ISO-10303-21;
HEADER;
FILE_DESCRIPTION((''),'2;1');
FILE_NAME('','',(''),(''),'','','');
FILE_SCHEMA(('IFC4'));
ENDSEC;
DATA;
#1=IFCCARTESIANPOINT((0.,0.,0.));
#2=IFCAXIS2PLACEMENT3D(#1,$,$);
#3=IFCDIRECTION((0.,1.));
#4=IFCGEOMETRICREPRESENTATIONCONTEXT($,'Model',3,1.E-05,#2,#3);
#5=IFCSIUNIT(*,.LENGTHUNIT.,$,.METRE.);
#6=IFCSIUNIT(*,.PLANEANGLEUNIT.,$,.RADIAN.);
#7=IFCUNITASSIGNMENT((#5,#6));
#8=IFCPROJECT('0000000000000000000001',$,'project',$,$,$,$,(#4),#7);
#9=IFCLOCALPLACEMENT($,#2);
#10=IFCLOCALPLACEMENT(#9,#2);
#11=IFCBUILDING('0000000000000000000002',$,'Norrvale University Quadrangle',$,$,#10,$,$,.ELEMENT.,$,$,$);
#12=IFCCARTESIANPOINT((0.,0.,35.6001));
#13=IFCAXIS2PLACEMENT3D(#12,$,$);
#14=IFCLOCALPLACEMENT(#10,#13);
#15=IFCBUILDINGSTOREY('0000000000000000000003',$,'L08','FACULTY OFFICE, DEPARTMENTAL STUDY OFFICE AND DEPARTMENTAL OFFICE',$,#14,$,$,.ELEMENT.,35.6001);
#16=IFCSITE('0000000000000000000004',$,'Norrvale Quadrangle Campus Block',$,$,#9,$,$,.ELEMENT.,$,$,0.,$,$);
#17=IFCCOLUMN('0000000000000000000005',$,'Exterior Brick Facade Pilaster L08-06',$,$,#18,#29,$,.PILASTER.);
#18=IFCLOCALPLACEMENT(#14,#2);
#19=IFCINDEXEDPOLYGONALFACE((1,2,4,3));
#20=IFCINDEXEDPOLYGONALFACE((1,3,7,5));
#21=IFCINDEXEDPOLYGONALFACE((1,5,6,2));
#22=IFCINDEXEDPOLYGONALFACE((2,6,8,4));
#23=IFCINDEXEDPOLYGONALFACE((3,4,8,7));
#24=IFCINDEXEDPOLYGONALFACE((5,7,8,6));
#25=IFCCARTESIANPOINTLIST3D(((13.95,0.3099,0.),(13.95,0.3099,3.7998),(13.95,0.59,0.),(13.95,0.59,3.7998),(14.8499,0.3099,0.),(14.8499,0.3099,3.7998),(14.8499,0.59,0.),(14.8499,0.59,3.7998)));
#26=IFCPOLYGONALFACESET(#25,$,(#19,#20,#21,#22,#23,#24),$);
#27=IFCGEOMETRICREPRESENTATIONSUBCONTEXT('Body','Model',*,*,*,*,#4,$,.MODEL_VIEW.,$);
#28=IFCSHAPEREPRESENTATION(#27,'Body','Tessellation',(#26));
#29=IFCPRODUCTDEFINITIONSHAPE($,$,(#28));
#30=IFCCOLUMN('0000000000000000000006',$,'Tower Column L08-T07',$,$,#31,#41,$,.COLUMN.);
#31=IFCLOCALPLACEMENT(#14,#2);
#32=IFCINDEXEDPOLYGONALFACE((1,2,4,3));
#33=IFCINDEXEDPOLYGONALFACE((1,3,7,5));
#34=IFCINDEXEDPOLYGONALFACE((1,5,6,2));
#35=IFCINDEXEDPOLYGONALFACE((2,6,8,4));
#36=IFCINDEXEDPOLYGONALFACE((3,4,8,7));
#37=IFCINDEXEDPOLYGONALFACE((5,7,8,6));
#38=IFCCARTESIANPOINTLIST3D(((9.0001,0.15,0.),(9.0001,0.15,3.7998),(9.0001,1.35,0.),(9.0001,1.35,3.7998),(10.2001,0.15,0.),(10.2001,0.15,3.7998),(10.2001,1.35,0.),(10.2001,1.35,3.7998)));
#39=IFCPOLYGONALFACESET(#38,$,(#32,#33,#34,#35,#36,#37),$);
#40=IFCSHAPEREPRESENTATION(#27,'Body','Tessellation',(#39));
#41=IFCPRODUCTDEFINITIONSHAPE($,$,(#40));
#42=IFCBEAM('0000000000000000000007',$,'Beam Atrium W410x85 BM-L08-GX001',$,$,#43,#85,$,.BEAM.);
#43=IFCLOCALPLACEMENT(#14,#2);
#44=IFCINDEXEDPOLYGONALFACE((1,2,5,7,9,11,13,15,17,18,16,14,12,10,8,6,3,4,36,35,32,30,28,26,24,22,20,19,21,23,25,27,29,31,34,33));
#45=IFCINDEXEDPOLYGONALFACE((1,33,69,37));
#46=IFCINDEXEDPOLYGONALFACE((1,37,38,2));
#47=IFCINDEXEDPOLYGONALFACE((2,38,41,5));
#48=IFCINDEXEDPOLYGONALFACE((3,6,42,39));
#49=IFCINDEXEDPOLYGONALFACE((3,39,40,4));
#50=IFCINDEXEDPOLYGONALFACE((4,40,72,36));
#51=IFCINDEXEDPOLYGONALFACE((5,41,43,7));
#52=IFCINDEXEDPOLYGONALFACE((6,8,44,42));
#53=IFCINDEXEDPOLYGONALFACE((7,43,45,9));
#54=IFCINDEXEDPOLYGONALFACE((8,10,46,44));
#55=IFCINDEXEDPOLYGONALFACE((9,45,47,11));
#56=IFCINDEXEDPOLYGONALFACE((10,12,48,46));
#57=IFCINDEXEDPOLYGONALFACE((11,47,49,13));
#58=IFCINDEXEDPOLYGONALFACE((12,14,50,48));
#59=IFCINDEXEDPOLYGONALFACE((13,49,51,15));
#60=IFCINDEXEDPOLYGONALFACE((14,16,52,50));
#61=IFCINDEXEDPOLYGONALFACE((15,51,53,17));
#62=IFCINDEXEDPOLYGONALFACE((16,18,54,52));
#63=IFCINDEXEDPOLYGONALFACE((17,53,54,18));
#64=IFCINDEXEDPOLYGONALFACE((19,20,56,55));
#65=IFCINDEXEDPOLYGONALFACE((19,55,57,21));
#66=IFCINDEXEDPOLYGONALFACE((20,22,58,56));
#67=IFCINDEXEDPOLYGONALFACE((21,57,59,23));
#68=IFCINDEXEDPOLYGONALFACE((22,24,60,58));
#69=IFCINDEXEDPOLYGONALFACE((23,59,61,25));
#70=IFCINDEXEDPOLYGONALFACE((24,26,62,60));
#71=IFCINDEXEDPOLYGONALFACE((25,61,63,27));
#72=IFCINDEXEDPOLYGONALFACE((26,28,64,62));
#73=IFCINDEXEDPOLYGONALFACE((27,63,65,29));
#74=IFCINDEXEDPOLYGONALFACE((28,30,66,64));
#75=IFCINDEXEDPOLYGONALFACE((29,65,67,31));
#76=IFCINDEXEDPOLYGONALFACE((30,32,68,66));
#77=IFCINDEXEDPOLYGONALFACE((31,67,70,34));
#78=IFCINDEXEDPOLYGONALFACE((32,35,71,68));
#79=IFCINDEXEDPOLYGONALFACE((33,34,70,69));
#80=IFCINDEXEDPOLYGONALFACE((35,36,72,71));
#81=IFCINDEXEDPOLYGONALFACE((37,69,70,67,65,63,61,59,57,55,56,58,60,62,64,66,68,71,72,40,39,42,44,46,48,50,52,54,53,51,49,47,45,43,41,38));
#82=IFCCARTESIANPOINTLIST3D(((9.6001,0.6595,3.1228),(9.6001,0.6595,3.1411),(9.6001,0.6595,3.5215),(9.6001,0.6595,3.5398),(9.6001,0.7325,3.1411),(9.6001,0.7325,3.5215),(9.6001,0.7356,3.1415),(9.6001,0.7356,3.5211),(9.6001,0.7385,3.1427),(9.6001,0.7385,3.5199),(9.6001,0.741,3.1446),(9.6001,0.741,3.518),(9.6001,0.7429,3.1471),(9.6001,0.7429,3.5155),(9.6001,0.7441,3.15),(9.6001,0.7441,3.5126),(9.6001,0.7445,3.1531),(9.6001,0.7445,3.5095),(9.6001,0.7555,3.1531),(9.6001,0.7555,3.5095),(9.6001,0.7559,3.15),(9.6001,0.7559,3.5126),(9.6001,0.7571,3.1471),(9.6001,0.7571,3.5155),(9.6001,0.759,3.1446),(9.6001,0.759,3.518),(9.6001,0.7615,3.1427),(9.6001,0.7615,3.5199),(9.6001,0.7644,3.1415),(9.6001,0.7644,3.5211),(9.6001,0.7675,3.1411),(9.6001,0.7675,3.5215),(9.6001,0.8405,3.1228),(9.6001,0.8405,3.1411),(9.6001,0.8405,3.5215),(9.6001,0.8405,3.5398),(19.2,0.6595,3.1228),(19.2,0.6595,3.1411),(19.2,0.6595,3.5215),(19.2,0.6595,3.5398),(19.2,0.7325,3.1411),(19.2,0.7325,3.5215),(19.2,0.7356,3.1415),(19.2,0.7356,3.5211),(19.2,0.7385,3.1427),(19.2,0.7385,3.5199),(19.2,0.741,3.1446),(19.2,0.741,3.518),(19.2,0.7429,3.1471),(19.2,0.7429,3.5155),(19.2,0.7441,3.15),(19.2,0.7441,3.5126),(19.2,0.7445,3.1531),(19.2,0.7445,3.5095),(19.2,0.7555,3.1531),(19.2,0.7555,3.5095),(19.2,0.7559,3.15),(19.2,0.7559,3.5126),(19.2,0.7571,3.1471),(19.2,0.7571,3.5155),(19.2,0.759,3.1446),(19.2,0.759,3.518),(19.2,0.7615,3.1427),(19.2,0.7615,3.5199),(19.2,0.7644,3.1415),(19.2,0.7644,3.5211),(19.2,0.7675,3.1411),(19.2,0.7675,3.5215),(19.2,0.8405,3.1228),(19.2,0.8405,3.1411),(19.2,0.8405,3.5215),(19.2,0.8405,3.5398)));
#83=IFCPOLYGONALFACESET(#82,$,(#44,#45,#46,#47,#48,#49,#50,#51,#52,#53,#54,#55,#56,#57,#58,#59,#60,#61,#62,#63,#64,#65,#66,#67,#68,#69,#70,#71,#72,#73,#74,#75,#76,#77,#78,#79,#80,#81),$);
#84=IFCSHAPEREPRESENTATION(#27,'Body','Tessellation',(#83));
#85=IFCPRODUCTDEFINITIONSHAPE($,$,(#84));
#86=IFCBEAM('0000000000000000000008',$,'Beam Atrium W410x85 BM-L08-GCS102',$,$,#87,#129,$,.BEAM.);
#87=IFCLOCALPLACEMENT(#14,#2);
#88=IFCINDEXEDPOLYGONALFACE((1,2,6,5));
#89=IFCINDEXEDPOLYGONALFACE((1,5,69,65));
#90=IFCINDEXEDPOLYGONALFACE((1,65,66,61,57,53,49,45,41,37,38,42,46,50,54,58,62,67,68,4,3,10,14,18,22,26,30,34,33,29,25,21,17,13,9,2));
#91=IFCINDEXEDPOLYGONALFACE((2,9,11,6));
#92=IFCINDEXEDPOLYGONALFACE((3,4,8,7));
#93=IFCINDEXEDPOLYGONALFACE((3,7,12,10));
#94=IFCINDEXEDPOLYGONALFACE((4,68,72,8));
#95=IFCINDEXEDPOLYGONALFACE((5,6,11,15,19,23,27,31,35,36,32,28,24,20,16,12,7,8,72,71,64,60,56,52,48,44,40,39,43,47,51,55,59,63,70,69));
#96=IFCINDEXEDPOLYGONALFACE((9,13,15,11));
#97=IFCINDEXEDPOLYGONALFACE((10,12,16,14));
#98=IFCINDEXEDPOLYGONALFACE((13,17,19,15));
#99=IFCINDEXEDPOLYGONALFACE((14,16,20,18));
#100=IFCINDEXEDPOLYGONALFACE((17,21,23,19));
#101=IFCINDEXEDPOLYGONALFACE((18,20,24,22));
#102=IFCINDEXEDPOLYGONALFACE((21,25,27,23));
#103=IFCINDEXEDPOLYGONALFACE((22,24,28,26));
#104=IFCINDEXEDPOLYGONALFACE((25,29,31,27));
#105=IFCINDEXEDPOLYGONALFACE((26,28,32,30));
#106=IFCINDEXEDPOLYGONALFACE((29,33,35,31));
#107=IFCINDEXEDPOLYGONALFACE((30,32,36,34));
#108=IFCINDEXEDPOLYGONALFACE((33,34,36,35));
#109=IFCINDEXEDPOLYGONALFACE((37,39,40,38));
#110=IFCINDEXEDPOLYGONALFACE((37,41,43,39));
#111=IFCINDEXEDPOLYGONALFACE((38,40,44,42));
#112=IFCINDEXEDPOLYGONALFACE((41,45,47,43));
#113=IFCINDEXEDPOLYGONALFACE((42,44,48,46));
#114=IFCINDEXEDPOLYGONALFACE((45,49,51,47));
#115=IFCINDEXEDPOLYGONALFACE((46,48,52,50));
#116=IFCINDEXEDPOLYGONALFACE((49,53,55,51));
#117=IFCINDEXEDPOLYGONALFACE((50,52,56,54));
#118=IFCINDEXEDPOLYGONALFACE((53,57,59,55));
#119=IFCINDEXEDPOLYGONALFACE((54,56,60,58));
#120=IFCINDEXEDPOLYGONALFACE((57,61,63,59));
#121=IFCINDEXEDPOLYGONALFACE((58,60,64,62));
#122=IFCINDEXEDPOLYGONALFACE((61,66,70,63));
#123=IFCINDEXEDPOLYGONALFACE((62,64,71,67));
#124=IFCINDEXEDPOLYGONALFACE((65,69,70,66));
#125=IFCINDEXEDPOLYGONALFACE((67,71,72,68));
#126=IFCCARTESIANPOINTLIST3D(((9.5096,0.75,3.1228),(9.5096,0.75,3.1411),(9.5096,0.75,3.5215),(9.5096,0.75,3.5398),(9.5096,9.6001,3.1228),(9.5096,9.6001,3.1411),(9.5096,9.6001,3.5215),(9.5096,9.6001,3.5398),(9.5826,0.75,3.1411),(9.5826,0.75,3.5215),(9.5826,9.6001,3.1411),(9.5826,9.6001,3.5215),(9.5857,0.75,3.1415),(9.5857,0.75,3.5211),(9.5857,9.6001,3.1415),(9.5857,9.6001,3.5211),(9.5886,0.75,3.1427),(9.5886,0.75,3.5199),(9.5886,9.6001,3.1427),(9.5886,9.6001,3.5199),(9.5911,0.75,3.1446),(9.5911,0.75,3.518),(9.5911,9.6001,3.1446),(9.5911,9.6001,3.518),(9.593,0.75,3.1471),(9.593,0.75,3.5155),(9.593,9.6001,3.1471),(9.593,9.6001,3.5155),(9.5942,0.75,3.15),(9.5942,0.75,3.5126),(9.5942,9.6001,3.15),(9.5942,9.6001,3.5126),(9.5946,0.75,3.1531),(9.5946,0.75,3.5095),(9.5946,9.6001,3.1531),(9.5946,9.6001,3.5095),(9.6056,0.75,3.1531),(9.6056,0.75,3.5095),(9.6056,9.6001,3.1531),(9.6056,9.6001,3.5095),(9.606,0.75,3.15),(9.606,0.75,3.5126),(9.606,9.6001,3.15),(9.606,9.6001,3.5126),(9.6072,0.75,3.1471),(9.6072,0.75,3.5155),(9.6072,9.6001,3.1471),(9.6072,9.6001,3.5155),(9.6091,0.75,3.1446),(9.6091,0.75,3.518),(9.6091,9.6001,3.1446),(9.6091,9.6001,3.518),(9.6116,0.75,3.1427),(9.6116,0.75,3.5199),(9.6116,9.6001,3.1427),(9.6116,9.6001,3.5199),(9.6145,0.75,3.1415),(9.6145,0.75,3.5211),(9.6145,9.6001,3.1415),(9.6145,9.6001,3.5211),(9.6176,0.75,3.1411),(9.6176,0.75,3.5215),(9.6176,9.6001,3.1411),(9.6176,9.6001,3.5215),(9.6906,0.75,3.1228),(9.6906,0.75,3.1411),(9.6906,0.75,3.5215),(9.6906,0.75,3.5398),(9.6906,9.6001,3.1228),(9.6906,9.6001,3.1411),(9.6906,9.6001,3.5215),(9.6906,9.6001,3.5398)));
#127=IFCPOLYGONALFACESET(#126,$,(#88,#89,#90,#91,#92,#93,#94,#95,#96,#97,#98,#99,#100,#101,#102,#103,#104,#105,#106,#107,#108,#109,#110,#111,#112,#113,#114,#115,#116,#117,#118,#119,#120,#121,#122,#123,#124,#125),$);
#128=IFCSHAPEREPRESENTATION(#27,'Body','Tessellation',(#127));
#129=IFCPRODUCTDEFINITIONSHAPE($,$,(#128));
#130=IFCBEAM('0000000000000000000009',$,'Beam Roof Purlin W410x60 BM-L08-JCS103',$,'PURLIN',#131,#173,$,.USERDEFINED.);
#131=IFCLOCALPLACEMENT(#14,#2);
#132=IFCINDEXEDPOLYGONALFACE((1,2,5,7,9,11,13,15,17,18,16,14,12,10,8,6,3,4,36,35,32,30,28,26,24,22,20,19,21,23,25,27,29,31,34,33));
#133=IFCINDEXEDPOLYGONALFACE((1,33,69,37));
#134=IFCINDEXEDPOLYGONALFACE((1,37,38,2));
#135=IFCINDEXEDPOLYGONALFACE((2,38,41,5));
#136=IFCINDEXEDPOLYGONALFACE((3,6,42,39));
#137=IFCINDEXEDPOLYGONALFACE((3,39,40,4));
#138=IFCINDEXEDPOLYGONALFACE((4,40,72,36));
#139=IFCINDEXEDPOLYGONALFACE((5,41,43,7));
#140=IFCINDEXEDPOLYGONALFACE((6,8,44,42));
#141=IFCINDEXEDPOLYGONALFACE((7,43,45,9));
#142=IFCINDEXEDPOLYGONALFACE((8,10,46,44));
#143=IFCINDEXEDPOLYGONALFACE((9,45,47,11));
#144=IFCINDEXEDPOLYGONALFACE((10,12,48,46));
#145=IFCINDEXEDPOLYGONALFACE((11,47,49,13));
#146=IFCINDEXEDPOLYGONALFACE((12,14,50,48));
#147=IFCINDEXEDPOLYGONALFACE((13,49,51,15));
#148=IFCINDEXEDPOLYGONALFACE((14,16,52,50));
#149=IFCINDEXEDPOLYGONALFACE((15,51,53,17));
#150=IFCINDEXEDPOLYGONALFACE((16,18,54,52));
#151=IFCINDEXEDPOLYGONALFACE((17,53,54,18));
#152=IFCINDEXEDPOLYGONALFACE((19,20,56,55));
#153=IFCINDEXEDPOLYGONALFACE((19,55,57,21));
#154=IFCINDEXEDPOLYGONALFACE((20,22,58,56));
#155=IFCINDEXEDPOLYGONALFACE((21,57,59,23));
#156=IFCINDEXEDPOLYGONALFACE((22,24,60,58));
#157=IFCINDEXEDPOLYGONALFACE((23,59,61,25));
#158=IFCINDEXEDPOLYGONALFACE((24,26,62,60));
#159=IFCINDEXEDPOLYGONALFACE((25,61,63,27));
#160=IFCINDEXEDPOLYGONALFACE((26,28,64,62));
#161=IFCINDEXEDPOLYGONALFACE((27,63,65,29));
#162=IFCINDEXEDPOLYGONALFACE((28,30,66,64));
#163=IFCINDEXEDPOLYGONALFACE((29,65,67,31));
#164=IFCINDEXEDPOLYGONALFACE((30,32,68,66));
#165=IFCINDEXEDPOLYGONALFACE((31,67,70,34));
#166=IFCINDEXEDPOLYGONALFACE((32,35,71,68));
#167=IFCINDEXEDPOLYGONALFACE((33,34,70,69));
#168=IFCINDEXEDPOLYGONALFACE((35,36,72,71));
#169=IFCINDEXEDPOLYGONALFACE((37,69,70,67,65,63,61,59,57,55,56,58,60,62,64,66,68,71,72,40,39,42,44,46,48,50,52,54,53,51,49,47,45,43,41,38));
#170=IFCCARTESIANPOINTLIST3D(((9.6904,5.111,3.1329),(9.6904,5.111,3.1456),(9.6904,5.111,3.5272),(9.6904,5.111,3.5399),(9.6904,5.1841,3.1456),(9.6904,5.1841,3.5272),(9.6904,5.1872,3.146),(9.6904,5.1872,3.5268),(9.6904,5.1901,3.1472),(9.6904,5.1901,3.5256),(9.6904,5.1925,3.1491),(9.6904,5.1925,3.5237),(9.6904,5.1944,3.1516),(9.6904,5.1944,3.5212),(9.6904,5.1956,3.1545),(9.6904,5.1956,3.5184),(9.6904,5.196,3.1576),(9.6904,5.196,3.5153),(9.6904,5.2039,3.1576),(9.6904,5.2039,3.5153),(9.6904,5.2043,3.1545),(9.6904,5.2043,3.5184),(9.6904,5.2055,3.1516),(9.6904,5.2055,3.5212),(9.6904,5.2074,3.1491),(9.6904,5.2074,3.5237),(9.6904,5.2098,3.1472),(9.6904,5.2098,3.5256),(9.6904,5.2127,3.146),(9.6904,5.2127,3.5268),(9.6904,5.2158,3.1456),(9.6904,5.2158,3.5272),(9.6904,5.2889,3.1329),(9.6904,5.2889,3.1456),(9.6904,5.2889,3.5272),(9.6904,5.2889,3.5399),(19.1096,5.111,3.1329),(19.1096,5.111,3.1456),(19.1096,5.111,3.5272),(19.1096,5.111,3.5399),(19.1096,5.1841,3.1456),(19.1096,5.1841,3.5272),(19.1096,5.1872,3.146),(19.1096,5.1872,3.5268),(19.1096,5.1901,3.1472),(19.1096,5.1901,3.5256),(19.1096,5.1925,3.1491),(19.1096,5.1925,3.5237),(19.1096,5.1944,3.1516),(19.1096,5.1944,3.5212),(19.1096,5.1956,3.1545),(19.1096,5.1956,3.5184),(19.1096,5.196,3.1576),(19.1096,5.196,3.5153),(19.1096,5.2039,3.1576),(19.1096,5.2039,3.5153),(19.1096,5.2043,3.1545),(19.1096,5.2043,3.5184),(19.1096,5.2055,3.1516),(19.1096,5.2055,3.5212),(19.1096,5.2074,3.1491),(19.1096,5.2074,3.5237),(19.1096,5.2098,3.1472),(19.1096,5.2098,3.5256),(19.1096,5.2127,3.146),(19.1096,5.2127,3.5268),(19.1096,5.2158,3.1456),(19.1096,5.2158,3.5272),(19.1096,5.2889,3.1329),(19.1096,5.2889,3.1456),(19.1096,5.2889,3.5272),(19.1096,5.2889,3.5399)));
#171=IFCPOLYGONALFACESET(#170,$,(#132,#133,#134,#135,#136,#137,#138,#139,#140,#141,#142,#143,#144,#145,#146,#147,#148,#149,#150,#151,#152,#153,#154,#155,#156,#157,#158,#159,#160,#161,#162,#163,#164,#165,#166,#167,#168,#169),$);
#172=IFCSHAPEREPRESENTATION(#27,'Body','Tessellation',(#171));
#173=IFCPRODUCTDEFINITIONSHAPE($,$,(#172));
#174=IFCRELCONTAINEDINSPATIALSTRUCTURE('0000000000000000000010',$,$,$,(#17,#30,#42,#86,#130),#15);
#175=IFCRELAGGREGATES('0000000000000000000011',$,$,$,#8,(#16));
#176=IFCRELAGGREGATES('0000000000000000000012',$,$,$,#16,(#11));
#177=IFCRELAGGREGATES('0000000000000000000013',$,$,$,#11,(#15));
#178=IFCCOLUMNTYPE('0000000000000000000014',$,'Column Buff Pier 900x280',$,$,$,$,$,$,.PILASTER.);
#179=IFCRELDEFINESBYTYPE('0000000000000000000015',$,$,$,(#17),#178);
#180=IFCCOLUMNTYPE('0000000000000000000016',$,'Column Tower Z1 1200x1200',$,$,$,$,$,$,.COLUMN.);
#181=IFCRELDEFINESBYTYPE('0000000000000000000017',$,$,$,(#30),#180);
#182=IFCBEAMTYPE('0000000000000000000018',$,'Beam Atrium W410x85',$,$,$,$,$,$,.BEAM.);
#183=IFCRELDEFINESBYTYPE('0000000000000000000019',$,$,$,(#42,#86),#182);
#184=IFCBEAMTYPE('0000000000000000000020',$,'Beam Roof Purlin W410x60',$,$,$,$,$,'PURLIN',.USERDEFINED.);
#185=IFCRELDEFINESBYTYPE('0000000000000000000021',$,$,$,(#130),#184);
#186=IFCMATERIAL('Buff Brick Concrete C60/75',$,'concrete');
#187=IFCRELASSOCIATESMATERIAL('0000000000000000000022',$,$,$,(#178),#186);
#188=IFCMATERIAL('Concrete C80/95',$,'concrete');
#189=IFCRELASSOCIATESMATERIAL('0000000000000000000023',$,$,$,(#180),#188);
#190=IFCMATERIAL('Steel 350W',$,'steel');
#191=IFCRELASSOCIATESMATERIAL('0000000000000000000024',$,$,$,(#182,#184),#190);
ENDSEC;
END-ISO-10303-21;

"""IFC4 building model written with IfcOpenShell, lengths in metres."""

from ifc_helpers import new_model, si_unit, direction, frame, origin, origin_2d, place, context, subcontext, project, spatial, rectangle, i_section, extrude, material, material_profile, profile_set, type_object, element, save


model = new_model("IFC4")

# Units and contexts
model_context = context("Model", 3, precision=1e-05, world=origin(), true_north=direction((0.0, 1.0)))
body_context = subcontext(model_context, "Body", "Model", "MODEL_VIEW")
ifc_project = project(units=[si_unit("LENGTHUNIT", "METRE"), si_unit("PLANEANGLEUNIT", "RADIAN")], contexts=[model_context])

# Site, building, storey
site_placement = place(None, origin())
site = spatial("IfcSite", under=ifc_project, at=site_placement, Name="Norrvale Quadrangle Campus Block", CompositionType="ELEMENT", RefElevation=0.0)
building_placement = place(site_placement, origin())
building = spatial("IfcBuilding", under=site, at=building_placement, Name="Norrvale University Quadrangle", CompositionType="ELEMENT")
storey_placement = place(building_placement, frame((0.0, 0.0, 35.6001)))
storey = spatial("IfcBuildingStorey", under=building, at=storey_placement, Name="L08", Description="FACULTY OFFICE, DEPARTMENTAL STUDY OFFICE AND DEPARTMENTAL OFFICE", CompositionType="ELEMENT", Elevation=35.6001)

# Columns
ifc_material_1 = material(Name="Buff Brick Concrete C60/75", Category="concrete")
ifc_material_profile_1 = material_profile(ifc_material_1, rectangle(XDim=0.8999, YDim=0.28, at=origin_2d()), Name="Buff Brick Concrete C60/75")
ifc_profile_set_1 = profile_set([ifc_material_profile_1], Name="Buff Brick Concrete C60/75")
column_type_1 = type_object("IfcColumnType", Name="Column Buff Pier 900x280", PredefinedType="PILASTER", material=ifc_profile_set_1)
column_1_placement = place(storey_placement, frame((14.3999, 0.45, 0.0), z_axis=(0.0, 0.0, 1.0), x_axis=(1.0, 0.0, 0.0)))
element("IfcColumn", 1, at=column_1_placement, inside=storey, type_object=column_type_1, Name="Exterior Brick Facade Pilaster L08-06", PredefinedType="PILASTER", context=body_context, shape_type="SweptSolid", body=[
    extrude(rectangle(XDim=0.8999, YDim=0.28, at=origin_2d()), origin(), (0.0, 0.0, 1.0), 3.7998),
])
ifc_material_2 = material(Name="Concrete C80/95", Category="concrete")
ifc_material_profile_2 = material_profile(ifc_material_2, rectangle(XDim=1.2, YDim=1.2, at=origin_2d()), Name="Concrete C80/95")
ifc_profile_set_2 = profile_set([ifc_material_profile_2], Name="Concrete C80/95")
column_type_2 = type_object("IfcColumnType", Name="Column Tower Z1 1200x1200", PredefinedType="COLUMN", material=ifc_profile_set_2)
column_2_placement = place(storey_placement, frame((9.6001, 0.75, 0.0), z_axis=(0.0, 0.0, 1.0), x_axis=(1.0, 0.0, 0.0)))
element("IfcColumn", 2, at=column_2_placement, inside=storey, type_object=column_type_2, Name="Tower Column L08-T07", PredefinedType="COLUMN", context=body_context, shape_type="SweptSolid", body=[
    extrude(rectangle(XDim=1.2, YDim=1.2, at=origin_2d()), origin(), (0.0, 0.0, 1.0), 3.7998),
])

# Beams
ifc_material_3 = material(Name="Steel 350W", Category="steel")
ifc_material_profile_3 = material_profile(ifc_material_3, i_section(OverallWidth=0.1809, OverallDepth=0.417, WebThickness=0.011, FlangeThickness=0.0183, FilletRadius=0.012, at=origin_2d()), Name="Steel 350W")
ifc_profile_set_3 = profile_set([ifc_material_profile_3], Name="Steel 350W")
beam_type_1 = type_object("IfcBeamType", Name="Beam Atrium W410x85", PredefinedType="BEAM", material=ifc_profile_set_3)
beam_1_placement = place(storey_placement, frame((9.6001, 0.75, 3.3313), z_axis=(1.0, 0.0, 0.0), x_axis=(0.0, 1.0, 0.0)))
element("IfcBeam", 3, at=beam_1_placement, inside=storey, type_object=beam_type_1, Name="Beam Atrium W410x85 BM-L08-GX001", PredefinedType="BEAM", context=body_context, shape_type="SweptSolid", body=[
    extrude(i_section(OverallWidth=0.1809, OverallDepth=0.417, WebThickness=0.011, FlangeThickness=0.0183, FilletRadius=0.012, at=origin_2d()), origin(), (0.0, 0.0, 1.0), 9.5999),
])
beam_2_placement = place(storey_placement, frame((9.6001, 0.75, 3.3313), z_axis=(0.0, 1.0, 0.0), x_axis=(-1.0, 0.0, 0.0)))
element("IfcBeam", 4, at=beam_2_placement, inside=storey, type_object=beam_type_1, Name="Beam Atrium W410x85 BM-L08-GCS102", PredefinedType="BEAM", context=body_context, shape_type="SweptSolid", body=[
    extrude(i_section(OverallWidth=0.1809, OverallDepth=0.417, WebThickness=0.011, FlangeThickness=0.0183, FilletRadius=0.012, at=origin_2d()), origin(), (0.0, 0.0, 1.0), 8.8501),
])
ifc_material_profile_4 = material_profile(ifc_material_3, i_section(OverallWidth=0.178, OverallDepth=0.407, WebThickness=0.0078, FlangeThickness=0.0127, FilletRadius=0.012, at=origin_2d()), Name="Steel 350W")
ifc_profile_set_4 = profile_set([ifc_material_profile_4], Name="Steel 350W")
beam_type_2 = type_object("IfcBeamType", Name="Beam Roof Purlin W410x60", ElementType="PURLIN", PredefinedType="USERDEFINED", material=ifc_profile_set_4)
beam_3_placement = place(storey_placement, frame((9.6904, 5.2, 3.3364), z_axis=(1.0, 0.0, 0.0), x_axis=(0.0, 1.0, 0.0)))
element("IfcBeam", 5, at=beam_3_placement, inside=storey, type_object=beam_type_2, Name="Beam Roof Purlin W410x60 BM-L08-JCS103", ObjectType="PURLIN", PredefinedType="USERDEFINED", context=body_context, shape_type="SweptSolid", body=[
    extrude(i_section(OverallWidth=0.178, OverallDepth=0.407, WebThickness=0.0078, FlangeThickness=0.0127, FilletRadius=0.012, at=origin_2d()), origin(), (0.0, 0.0, 1.0), 9.4192),
])

save(model, "model.ifc")
